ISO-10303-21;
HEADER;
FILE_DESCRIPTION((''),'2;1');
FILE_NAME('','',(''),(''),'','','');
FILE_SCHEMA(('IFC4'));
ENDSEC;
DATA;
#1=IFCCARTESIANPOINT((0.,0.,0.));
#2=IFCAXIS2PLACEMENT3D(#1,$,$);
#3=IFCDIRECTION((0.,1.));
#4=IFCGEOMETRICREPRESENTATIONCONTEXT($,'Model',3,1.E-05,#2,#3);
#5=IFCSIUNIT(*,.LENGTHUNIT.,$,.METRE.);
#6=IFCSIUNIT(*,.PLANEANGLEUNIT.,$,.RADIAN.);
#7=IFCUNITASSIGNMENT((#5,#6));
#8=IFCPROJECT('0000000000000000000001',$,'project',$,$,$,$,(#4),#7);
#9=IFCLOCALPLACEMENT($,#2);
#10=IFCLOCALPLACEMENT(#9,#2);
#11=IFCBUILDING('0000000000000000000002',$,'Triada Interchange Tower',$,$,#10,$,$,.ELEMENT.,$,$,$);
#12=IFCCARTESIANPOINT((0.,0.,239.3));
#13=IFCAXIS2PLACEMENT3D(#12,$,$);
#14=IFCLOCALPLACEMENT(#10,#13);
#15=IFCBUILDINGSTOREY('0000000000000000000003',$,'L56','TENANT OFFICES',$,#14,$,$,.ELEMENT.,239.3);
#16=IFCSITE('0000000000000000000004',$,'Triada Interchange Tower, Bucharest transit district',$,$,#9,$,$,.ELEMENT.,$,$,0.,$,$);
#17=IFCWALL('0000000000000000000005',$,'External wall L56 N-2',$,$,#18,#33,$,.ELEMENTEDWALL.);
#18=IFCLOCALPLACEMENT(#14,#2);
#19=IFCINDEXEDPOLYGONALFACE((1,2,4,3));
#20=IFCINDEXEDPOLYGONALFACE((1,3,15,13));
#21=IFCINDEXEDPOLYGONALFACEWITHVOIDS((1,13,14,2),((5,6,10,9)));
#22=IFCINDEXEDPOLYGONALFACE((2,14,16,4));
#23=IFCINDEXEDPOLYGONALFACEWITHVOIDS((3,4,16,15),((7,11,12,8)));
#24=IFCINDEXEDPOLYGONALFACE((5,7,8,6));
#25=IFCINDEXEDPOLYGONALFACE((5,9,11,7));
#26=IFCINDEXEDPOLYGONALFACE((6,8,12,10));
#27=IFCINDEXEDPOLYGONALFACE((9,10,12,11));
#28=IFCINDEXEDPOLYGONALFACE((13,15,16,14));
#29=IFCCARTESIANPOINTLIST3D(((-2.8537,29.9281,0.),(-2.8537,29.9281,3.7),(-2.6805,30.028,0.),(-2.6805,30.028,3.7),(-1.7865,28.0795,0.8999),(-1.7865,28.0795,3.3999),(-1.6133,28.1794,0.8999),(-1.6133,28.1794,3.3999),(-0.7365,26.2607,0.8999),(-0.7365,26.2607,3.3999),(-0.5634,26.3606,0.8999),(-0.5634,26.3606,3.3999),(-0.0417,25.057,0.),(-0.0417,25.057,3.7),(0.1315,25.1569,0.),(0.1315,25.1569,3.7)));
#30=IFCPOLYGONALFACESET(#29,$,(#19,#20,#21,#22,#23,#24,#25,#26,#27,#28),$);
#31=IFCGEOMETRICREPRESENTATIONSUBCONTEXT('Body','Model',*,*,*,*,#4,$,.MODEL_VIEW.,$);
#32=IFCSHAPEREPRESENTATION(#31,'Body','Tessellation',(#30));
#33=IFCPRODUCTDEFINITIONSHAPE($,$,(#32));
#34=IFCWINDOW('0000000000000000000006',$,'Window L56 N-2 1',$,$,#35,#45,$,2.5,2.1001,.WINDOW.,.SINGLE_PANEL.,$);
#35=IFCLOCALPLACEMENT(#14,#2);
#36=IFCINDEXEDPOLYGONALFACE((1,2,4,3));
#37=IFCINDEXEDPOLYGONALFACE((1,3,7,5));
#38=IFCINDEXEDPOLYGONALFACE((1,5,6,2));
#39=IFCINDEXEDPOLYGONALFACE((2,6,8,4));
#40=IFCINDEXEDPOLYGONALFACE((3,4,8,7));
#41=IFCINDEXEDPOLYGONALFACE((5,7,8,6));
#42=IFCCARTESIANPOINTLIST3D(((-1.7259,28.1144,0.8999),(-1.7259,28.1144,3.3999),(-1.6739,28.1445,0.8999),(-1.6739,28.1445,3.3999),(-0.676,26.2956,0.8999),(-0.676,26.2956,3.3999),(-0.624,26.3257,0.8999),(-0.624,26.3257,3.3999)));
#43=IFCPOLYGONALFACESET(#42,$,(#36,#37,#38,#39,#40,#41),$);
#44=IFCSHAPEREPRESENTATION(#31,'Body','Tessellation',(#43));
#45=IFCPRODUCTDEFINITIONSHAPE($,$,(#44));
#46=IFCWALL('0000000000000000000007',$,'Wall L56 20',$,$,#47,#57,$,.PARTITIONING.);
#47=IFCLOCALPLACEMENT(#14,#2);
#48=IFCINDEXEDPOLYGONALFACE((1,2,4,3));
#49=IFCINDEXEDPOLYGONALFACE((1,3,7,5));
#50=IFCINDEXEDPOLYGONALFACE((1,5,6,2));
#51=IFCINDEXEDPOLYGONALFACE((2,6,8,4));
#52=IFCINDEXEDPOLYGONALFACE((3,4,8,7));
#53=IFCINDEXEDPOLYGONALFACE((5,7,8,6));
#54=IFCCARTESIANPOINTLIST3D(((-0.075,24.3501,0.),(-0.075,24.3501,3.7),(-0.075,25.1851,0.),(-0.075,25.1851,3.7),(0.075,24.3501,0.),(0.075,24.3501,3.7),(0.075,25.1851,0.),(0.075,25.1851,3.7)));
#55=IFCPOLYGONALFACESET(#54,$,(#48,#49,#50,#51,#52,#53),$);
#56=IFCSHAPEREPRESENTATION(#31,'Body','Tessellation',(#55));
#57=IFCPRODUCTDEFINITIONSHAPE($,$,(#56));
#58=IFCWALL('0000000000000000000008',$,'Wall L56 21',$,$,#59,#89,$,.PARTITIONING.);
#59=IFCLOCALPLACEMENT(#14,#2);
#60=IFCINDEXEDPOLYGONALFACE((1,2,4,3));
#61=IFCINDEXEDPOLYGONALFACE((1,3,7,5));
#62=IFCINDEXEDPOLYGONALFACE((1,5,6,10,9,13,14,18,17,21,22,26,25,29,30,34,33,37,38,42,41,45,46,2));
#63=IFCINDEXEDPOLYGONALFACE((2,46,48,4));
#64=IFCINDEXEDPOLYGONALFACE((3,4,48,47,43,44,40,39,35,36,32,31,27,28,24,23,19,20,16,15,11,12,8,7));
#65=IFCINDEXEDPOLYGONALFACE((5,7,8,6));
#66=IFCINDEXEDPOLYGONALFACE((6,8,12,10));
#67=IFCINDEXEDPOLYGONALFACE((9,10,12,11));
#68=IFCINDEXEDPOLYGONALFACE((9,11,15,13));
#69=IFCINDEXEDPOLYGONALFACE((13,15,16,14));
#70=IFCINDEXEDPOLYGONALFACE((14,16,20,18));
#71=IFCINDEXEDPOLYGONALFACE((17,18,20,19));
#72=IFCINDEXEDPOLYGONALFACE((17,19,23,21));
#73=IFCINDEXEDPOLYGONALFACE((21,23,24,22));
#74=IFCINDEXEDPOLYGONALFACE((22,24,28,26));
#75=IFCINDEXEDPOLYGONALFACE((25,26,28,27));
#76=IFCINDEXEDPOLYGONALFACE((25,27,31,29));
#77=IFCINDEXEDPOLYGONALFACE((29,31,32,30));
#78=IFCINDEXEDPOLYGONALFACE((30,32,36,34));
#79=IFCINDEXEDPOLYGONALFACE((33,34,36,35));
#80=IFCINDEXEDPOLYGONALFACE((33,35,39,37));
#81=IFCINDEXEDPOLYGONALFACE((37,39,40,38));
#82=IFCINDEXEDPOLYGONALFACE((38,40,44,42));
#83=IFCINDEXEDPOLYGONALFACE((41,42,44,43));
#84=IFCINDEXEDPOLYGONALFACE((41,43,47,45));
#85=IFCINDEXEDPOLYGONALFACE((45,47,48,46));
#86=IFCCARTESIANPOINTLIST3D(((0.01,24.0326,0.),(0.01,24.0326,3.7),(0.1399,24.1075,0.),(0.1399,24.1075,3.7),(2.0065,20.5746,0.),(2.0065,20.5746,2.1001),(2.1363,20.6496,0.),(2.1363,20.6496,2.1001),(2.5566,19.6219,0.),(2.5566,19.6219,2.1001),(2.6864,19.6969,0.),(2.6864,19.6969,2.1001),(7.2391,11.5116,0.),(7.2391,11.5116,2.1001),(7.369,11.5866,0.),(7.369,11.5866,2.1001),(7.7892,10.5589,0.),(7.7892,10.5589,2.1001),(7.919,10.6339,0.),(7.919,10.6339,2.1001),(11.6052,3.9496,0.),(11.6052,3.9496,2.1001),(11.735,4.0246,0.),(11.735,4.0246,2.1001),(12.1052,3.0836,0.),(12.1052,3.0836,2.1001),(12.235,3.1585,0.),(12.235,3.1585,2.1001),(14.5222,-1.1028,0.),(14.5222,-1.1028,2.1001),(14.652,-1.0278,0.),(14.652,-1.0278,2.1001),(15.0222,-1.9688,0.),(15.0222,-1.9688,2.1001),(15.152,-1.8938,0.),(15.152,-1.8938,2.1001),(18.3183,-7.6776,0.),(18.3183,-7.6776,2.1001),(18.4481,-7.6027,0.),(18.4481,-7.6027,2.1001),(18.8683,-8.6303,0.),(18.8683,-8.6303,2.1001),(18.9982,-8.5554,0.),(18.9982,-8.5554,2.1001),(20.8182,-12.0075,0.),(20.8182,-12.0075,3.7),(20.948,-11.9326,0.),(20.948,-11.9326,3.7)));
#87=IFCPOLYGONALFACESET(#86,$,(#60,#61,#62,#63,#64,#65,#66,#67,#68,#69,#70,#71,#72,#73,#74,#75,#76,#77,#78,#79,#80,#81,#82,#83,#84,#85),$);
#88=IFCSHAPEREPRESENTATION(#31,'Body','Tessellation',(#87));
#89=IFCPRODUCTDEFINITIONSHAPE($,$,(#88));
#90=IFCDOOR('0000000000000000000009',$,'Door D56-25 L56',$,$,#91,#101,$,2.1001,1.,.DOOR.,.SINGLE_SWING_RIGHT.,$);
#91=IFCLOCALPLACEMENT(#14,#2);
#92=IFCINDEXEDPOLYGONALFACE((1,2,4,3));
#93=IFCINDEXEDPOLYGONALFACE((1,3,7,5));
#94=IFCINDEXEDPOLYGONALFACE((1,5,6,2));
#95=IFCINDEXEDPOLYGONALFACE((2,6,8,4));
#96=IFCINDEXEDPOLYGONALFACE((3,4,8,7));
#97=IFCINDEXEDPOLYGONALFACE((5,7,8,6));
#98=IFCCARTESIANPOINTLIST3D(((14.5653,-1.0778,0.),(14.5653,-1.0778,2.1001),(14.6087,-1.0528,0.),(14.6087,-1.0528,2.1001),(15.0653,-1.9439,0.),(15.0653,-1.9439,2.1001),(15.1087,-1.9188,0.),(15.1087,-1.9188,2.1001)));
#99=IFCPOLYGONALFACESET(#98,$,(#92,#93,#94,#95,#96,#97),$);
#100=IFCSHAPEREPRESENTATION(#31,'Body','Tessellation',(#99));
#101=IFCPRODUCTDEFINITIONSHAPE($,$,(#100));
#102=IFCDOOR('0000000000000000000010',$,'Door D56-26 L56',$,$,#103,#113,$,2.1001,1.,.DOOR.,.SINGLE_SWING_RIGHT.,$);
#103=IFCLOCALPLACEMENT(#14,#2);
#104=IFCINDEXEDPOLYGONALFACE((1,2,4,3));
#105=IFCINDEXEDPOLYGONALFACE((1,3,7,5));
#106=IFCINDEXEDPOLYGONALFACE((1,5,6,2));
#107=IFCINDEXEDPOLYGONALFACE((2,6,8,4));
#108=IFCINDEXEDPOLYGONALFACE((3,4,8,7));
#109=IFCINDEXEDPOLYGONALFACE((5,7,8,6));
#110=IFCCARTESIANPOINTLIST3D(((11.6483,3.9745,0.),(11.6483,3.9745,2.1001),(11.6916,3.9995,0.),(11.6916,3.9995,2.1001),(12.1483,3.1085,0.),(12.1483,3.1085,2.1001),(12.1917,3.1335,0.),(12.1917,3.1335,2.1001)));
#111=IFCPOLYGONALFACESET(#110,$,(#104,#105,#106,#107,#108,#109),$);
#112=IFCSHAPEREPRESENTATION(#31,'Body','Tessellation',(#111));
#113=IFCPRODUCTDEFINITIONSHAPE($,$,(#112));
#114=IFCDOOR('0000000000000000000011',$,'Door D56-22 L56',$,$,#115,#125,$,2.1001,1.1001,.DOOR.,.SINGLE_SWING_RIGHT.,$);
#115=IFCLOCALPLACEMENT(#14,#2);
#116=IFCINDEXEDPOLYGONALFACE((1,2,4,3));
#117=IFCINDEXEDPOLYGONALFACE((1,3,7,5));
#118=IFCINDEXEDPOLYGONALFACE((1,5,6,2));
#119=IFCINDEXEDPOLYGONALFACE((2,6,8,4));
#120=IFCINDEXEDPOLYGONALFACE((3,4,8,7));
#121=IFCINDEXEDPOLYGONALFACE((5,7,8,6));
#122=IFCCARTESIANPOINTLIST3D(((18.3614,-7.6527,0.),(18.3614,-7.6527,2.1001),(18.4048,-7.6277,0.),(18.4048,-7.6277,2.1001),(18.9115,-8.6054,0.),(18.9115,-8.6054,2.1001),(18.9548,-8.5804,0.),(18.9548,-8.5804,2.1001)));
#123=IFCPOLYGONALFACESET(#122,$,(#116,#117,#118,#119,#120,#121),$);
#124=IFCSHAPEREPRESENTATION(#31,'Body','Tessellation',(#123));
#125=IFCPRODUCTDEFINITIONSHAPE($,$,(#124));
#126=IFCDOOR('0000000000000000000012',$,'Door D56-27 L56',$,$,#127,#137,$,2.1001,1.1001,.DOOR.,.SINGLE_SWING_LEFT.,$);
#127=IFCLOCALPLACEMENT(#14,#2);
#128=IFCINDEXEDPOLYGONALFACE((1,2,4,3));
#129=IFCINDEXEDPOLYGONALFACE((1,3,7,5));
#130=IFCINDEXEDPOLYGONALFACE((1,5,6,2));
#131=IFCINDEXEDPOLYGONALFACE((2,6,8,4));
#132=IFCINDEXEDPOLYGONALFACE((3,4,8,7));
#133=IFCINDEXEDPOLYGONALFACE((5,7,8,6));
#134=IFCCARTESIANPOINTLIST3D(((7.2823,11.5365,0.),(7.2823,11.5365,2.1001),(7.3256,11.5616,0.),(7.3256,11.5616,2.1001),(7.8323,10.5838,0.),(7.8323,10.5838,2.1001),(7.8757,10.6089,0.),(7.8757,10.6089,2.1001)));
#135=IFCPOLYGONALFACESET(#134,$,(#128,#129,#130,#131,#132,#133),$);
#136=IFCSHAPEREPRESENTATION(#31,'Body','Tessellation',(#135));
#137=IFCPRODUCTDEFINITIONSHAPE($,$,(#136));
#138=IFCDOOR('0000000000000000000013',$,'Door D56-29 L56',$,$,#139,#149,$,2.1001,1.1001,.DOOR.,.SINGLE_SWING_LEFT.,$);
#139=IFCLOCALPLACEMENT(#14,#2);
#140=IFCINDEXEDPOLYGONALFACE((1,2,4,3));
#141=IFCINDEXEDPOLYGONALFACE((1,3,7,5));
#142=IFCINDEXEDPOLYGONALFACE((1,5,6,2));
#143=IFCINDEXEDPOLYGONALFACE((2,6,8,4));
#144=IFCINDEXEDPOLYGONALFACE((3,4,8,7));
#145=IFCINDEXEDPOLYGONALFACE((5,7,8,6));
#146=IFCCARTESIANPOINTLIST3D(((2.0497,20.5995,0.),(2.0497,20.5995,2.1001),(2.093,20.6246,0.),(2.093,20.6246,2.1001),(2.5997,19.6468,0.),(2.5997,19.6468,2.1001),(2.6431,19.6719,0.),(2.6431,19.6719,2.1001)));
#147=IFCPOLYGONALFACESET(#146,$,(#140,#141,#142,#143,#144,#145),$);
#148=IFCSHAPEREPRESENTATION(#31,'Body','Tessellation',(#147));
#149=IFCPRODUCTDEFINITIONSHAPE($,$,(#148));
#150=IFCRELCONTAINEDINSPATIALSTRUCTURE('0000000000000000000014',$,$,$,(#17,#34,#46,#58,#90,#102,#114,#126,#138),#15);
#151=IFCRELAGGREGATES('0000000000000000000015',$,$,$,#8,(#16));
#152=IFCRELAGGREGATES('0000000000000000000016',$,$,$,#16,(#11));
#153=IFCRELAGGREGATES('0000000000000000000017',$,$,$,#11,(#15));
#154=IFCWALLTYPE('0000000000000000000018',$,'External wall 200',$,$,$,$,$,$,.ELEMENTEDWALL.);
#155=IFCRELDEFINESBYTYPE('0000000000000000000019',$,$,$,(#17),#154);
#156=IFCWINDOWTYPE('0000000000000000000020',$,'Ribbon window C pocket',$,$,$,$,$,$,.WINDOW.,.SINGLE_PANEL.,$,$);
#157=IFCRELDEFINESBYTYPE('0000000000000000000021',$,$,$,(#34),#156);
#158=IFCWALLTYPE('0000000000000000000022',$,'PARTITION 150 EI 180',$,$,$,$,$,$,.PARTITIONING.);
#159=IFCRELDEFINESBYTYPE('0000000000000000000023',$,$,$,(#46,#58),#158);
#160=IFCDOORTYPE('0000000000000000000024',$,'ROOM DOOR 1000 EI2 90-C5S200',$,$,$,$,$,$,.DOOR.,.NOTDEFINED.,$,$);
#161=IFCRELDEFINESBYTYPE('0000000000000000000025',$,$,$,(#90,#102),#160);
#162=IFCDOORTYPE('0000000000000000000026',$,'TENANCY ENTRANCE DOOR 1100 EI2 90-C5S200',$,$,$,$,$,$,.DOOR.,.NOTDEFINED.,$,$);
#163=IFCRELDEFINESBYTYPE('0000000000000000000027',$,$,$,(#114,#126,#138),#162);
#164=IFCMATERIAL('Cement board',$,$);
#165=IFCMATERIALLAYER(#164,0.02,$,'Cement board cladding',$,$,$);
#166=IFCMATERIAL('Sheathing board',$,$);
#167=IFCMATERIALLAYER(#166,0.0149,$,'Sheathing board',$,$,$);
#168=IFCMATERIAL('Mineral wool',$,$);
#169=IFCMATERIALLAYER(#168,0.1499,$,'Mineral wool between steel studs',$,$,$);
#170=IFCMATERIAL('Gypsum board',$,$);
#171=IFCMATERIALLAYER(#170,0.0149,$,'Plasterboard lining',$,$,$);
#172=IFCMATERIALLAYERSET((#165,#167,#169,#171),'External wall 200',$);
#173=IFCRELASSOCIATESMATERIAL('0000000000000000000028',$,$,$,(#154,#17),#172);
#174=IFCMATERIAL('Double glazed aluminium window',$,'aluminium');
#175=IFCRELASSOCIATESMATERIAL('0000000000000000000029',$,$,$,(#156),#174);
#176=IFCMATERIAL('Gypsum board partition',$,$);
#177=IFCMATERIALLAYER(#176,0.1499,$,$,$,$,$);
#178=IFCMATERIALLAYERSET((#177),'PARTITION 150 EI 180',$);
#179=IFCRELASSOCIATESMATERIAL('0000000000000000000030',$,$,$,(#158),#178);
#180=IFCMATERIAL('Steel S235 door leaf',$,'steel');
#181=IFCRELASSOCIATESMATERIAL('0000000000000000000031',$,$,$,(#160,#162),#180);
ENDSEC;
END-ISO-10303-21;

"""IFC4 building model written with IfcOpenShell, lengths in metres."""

from ifc_helpers import new_model, si_unit, direction, frame, frame_2d, origin, place, context, subcontext, project, spatial, rectangle, extrude, material, layer, layer_set, layer_usage, type_object, element, fill, save


model = new_model("IFC4")

# Units and contexts
model_context = context("Model", 3, precision=1e-05, world=origin(), true_north=direction((0.0, 1.0)))
body_context = subcontext(model_context, "Body", "Model", "MODEL_VIEW")
ifc_project = project(units=[si_unit("LENGTHUNIT", "METRE"), si_unit("PLANEANGLEUNIT", "RADIAN")], contexts=[model_context])

# Site, building, storey
site_placement = place(None, origin())
site = spatial("IfcSite", under=ifc_project, at=site_placement, Name="Triada Interchange Tower, Bucharest transit district", CompositionType="ELEMENT", RefElevation=0.0)
building_placement = place(site_placement, origin())
building = spatial("IfcBuilding", under=site, at=building_placement, Name="Triada Interchange Tower", CompositionType="ELEMENT")
storey_placement = place(building_placement, frame((0.0, 0.0, 239.3)))
storey = spatial("IfcBuildingStorey", under=building, at=storey_placement, Name="L56", Description="TENANT OFFICES", CompositionType="ELEMENT", Elevation=239.3)

# Wall, opening, window
ifc_material_1 = material(Name="Cement board")
ifc_layer_1 = layer(ifc_material_1, 0.02, Name="Cement board cladding")
ifc_material_2 = material(Name="Sheathing board")
ifc_layer_2 = layer(ifc_material_2, 0.0149, Name="Sheathing board")
ifc_material_3 = material(Name="Mineral wool")
ifc_layer_3 = layer(ifc_material_3, 0.1499, Name="Mineral wool between steel studs")
ifc_material_4 = material(Name="Gypsum board")
ifc_layer_4 = layer(ifc_material_4, 0.0149, Name="Plasterboard lining")
ifc_layer_set_1 = layer_set([ifc_layer_1, ifc_layer_2, ifc_layer_3, ifc_layer_4], Name="External wall 200")
ifc_layer_usage = layer_usage(ifc_layer_set_1, "AXIS2", "POSITIVE", -0.1001)
wall_type_1 = type_object("IfcWallType", Name="External wall 200", PredefinedType="ELEMENTEDWALL", material=ifc_layer_set_1)
ifc_material_5 = material(Name="Double glazed aluminium window", Category="aluminium")
window_type = type_object("IfcWindowType", Name="Ribbon window C pocket", PartitioningType="SINGLE_PANEL", PredefinedType="WINDOW", material=ifc_material_5)
wall_1_placement = place(storey_placement, frame((0.0449, 25.1069, 0.0), z_axis=(0.0, 0.0, 1.0), x_axis=(-0.499958, 0.86605, 0.0)))
wall_1 = element("IfcWall", 1, at=wall_1_placement, inside=storey, type_object=wall_type_1, material=ifc_layer_usage, Name="External wall L56 N-2", PredefinedType="ELEMENTEDWALL", context=body_context, shape_type="SweptSolid", body=[
    extrude(rectangle(XDim=5.6245, YDim=0.2, at=frame_2d((2.8123, 0.0))), origin(), (0.0, 0.0, 1.0), 3.7),
])
opening_1_placement = place(wall_1_placement, frame((1.3899, 0.0, 0.8999)))
opening_1 = element("IfcOpeningElement", 2, at=opening_1_placement, cuts=wall_1, PredefinedType="OPENING", context=body_context, shape_type="SweptSolid", body=[
    extrude(rectangle(XDim=2.1001, YDim=2.5, at=frame_2d((1.05, 1.25))), frame((0.0, 0.1099, 0.0), z_axis=(0.0, -1.0, 0.0), x_axis=(1.0, 0.0, 0.0)), (0.0, 0.0, 1.0), 0.22),
])
window_1_placement = place(opening_1_placement, origin())
window_1 = element("IfcWindow", 3, at=window_1_placement, inside=storey, type_object=window_type, Name="Window L56 N-2 1", OverallHeight=2.5, OverallWidth=2.1001, PartitioningType="SINGLE_PANEL", PredefinedType="WINDOW", context=body_context, shape_type="SweptSolid", body=[
    extrude(rectangle(XDim=2.1001, YDim=2.5, at=frame_2d((1.05, 1.25))), frame((0.0, 0.03, 0.0), z_axis=(0.0, -1.0, 0.0), x_axis=(1.0, 0.0, 0.0)), (0.0, 0.0, 1.0), 0.0601),
])
fill(opening_1, window_1)

# Wall
ifc_material_6 = material(Name="Gypsum board partition")
ifc_layer_5 = layer(ifc_material_6, 0.1499)
ifc_layer_set_2 = layer_set([ifc_layer_5], Name="PARTITION 150 EI 180")
wall_type_2 = type_object("IfcWallType", Name="PARTITION 150 EI 180", PredefinedType="PARTITIONING", material=ifc_layer_set_2)
wall_2_placement = place(storey_placement, frame((0.0, 24.3501, 0.0), z_axis=(0.0, 0.0, 1.0), x_axis=(0.0, 1.0, 0.0)))
element("IfcWall", 4, at=wall_2_placement, inside=storey, type_object=wall_type_2, Name="Wall L56 20", PredefinedType="PARTITIONING", context=body_context, shape_type="SweptSolid", body=[
    extrude(rectangle(XDim=0.835, YDim=0.1499, at=frame_2d((0.4175, 0.0))), origin(), (0.0, 0.0, 1.0), 3.7),
])

# Wall, openings, doors
wall_3_placement = place(storey_placement, frame((0.075, 24.0701, 0.0), z_axis=(0.0, 0.0, 1.0), x_axis=(0.500007, -0.866021, 0.0)))
wall_3 = element("IfcWall", 5, at=wall_3_placement, inside=storey, type_object=wall_type_2, Name="Wall L56 21", PredefinedType="PARTITIONING", context=body_context, shape_type="SweptSolid", body=[
    extrude(rectangle(XDim=41.6157, YDim=0.1499, at=frame_2d((20.8079, 0.0))), origin(), (0.0, 0.0, 1.0), 3.7),
])
opening_2_placement = place(wall_3_placement, frame((36.616, 0.0, 0.0)))
opening_2 = element("IfcOpeningElement", 6, at=opening_2_placement, cuts=wall_3, PredefinedType="OPENING", context=body_context, shape_type="SweptSolid", body=[
    extrude(rectangle(XDim=1.1001, YDim=2.1001, at=frame_2d((0.55, 1.05))), frame((0.0, 0.085, 0.0), z_axis=(0.0, -1.0, 0.0), x_axis=(1.0, 0.0, 0.0)), (0.0, 0.0, 1.0), 0.1699),
])
opening_3_placement = place(wall_3_placement, frame((29.0239, 0.0, 0.0)))
opening_3 = element("IfcOpeningElement", 7, at=opening_3_placement, cuts=wall_3, PredefinedType="OPENING", context=body_context, shape_type="SweptSolid", body=[
    extrude(rectangle(XDim=1.0, YDim=2.1001, at=frame_2d((0.5, 1.05))), frame((0.0, 0.085, 0.0), z_axis=(0.0, -1.0, 0.0), x_axis=(1.0, 0.0, 0.0)), (0.0, 0.0, 1.0), 0.1699),
])
opening_4_placement = place(wall_3_placement, frame((23.1899, 0.0, 0.0)))
opening_4 = element("IfcOpeningElement", 8, at=opening_4_placement, cuts=wall_3, PredefinedType="OPENING", context=body_context, shape_type="SweptSolid", body=[
    extrude(rectangle(XDim=1.0, YDim=2.1001, at=frame_2d((0.5, 1.05))), frame((0.0, 0.085, 0.0), z_axis=(0.0, -1.0, 0.0), x_axis=(1.0, 0.0, 0.0)), (0.0, 0.0, 1.0), 0.1699),
])
opening_5_placement = place(wall_3_placement, frame((14.458, 0.0, 0.0)))
opening_5 = element("IfcOpeningElement", 9, at=opening_5_placement, cuts=wall_3, PredefinedType="OPENING", context=body_context, shape_type="SweptSolid", body=[
    extrude(rectangle(XDim=1.1001, YDim=2.1001, at=frame_2d((0.55, 1.05))), frame((0.0, 0.085, 0.0), z_axis=(0.0, -1.0, 0.0), x_axis=(1.0, 0.0, 0.0)), (0.0, 0.0, 1.0), 0.1699),
])
opening_6_placement = place(wall_3_placement, frame((3.9929, 0.0, 0.0)))
opening_6 = element("IfcOpeningElement", 10, at=opening_6_placement, cuts=wall_3, PredefinedType="OPENING", context=body_context, shape_type="SweptSolid", body=[
    extrude(rectangle(XDim=1.1001, YDim=2.1001, at=frame_2d((0.55, 1.05))), frame((0.0, 0.085, 0.0), z_axis=(0.0, -1.0, 0.0), x_axis=(1.0, 0.0, 0.0)), (0.0, 0.0, 1.0), 0.1699),
])
ifc_material_7 = material(Name="Steel S235 door leaf", Category="steel")
door_type_1 = type_object("IfcDoorType", Name="ROOM DOOR 1000 EI2 90-C5S200", OperationType="NOTDEFINED", PredefinedType="DOOR", material=ifc_material_7)
door_1_placement = place(opening_3_placement, origin())
door_1 = element("IfcDoor", 11, at=door_1_placement, inside=storey, type_object=door_type_1, Name="Door D56-25 L56", OperationType="SINGLE_SWING_RIGHT", OverallHeight=2.1001, OverallWidth=1.0, PredefinedType="DOOR", context=body_context, shape_type="SweptSolid", body=[
    extrude(rectangle(XDim=1.0, YDim=2.1001, at=frame_2d((0.5, 1.05))), frame((0.0, 0.0249, 0.0), z_axis=(0.0, -1.0, 0.0), x_axis=(1.0, 0.0, 0.0)), (0.0, 0.0, 1.0), 0.05),
])
fill(opening_3, door_1)
door_2_placement = place(opening_4_placement, origin())
door_2 = element("IfcDoor", 12, at=door_2_placement, inside=storey, type_object=door_type_1, Name="Door D56-26 L56", OperationType="SINGLE_SWING_RIGHT", OverallHeight=2.1001, OverallWidth=1.0, PredefinedType="DOOR", context=body_context, shape_type="SweptSolid", body=[
    extrude(rectangle(XDim=1.0, YDim=2.1001, at=frame_2d((0.5, 1.05))), frame((0.0, 0.0249, 0.0), z_axis=(0.0, -1.0, 0.0), x_axis=(1.0, 0.0, 0.0)), (0.0, 0.0, 1.0), 0.05),
])
fill(opening_4, door_2)
door_type_2 = type_object("IfcDoorType", Name="TENANCY ENTRANCE DOOR 1100 EI2 90-C5S200", OperationType="NOTDEFINED", PredefinedType="DOOR", material=ifc_material_7)
door_3_placement = place(opening_2_placement, origin())
door_3 = element("IfcDoor", 13, at=door_3_placement, inside=storey, type_object=door_type_2, Name="Door D56-22 L56", OperationType="SINGLE_SWING_RIGHT", OverallHeight=2.1001, OverallWidth=1.1001, PredefinedType="DOOR", context=body_context, shape_type="SweptSolid", body=[
    extrude(rectangle(XDim=1.1001, YDim=2.1001, at=frame_2d((0.55, 1.05))), frame((0.0, 0.0249, 0.0), z_axis=(0.0, -1.0, 0.0), x_axis=(1.0, 0.0, 0.0)), (0.0, 0.0, 1.0), 0.05),
])
fill(opening_2, door_3)
door_4_placement = place(opening_5_placement, origin())
door_4 = element("IfcDoor", 14, at=door_4_placement, inside=storey, type_object=door_type_2, Name="Door D56-27 L56", OperationType="SINGLE_SWING_LEFT", OverallHeight=2.1001, OverallWidth=1.1001, PredefinedType="DOOR", context=body_context, shape_type="SweptSolid", body=[
    extrude(rectangle(XDim=1.1001, YDim=2.1001, at=frame_2d((0.55, 1.05))), frame((0.0, 0.0249, 0.0), z_axis=(0.0, -1.0, 0.0), x_axis=(1.0, 0.0, 0.0)), (0.0, 0.0, 1.0), 0.05),
])
fill(opening_5, door_4)
door_5_placement = place(opening_6_placement, origin())
door_5 = element("IfcDoor", 15, at=door_5_placement, inside=storey, type_object=door_type_2, Name="Door D56-29 L56", OperationType="SINGLE_SWING_LEFT", OverallHeight=2.1001, OverallWidth=1.1001, PredefinedType="DOOR", context=body_context, shape_type="SweptSolid", body=[
    extrude(rectangle(XDim=1.1001, YDim=2.1001, at=frame_2d((0.55, 1.05))), frame((0.0, 0.0249, 0.0), z_axis=(0.0, -1.0, 0.0), x_axis=(1.0, 0.0, 0.0)), (0.0, 0.0, 1.0), 0.05),
])
fill(opening_6, door_5)

save(model, "model.ifc")
